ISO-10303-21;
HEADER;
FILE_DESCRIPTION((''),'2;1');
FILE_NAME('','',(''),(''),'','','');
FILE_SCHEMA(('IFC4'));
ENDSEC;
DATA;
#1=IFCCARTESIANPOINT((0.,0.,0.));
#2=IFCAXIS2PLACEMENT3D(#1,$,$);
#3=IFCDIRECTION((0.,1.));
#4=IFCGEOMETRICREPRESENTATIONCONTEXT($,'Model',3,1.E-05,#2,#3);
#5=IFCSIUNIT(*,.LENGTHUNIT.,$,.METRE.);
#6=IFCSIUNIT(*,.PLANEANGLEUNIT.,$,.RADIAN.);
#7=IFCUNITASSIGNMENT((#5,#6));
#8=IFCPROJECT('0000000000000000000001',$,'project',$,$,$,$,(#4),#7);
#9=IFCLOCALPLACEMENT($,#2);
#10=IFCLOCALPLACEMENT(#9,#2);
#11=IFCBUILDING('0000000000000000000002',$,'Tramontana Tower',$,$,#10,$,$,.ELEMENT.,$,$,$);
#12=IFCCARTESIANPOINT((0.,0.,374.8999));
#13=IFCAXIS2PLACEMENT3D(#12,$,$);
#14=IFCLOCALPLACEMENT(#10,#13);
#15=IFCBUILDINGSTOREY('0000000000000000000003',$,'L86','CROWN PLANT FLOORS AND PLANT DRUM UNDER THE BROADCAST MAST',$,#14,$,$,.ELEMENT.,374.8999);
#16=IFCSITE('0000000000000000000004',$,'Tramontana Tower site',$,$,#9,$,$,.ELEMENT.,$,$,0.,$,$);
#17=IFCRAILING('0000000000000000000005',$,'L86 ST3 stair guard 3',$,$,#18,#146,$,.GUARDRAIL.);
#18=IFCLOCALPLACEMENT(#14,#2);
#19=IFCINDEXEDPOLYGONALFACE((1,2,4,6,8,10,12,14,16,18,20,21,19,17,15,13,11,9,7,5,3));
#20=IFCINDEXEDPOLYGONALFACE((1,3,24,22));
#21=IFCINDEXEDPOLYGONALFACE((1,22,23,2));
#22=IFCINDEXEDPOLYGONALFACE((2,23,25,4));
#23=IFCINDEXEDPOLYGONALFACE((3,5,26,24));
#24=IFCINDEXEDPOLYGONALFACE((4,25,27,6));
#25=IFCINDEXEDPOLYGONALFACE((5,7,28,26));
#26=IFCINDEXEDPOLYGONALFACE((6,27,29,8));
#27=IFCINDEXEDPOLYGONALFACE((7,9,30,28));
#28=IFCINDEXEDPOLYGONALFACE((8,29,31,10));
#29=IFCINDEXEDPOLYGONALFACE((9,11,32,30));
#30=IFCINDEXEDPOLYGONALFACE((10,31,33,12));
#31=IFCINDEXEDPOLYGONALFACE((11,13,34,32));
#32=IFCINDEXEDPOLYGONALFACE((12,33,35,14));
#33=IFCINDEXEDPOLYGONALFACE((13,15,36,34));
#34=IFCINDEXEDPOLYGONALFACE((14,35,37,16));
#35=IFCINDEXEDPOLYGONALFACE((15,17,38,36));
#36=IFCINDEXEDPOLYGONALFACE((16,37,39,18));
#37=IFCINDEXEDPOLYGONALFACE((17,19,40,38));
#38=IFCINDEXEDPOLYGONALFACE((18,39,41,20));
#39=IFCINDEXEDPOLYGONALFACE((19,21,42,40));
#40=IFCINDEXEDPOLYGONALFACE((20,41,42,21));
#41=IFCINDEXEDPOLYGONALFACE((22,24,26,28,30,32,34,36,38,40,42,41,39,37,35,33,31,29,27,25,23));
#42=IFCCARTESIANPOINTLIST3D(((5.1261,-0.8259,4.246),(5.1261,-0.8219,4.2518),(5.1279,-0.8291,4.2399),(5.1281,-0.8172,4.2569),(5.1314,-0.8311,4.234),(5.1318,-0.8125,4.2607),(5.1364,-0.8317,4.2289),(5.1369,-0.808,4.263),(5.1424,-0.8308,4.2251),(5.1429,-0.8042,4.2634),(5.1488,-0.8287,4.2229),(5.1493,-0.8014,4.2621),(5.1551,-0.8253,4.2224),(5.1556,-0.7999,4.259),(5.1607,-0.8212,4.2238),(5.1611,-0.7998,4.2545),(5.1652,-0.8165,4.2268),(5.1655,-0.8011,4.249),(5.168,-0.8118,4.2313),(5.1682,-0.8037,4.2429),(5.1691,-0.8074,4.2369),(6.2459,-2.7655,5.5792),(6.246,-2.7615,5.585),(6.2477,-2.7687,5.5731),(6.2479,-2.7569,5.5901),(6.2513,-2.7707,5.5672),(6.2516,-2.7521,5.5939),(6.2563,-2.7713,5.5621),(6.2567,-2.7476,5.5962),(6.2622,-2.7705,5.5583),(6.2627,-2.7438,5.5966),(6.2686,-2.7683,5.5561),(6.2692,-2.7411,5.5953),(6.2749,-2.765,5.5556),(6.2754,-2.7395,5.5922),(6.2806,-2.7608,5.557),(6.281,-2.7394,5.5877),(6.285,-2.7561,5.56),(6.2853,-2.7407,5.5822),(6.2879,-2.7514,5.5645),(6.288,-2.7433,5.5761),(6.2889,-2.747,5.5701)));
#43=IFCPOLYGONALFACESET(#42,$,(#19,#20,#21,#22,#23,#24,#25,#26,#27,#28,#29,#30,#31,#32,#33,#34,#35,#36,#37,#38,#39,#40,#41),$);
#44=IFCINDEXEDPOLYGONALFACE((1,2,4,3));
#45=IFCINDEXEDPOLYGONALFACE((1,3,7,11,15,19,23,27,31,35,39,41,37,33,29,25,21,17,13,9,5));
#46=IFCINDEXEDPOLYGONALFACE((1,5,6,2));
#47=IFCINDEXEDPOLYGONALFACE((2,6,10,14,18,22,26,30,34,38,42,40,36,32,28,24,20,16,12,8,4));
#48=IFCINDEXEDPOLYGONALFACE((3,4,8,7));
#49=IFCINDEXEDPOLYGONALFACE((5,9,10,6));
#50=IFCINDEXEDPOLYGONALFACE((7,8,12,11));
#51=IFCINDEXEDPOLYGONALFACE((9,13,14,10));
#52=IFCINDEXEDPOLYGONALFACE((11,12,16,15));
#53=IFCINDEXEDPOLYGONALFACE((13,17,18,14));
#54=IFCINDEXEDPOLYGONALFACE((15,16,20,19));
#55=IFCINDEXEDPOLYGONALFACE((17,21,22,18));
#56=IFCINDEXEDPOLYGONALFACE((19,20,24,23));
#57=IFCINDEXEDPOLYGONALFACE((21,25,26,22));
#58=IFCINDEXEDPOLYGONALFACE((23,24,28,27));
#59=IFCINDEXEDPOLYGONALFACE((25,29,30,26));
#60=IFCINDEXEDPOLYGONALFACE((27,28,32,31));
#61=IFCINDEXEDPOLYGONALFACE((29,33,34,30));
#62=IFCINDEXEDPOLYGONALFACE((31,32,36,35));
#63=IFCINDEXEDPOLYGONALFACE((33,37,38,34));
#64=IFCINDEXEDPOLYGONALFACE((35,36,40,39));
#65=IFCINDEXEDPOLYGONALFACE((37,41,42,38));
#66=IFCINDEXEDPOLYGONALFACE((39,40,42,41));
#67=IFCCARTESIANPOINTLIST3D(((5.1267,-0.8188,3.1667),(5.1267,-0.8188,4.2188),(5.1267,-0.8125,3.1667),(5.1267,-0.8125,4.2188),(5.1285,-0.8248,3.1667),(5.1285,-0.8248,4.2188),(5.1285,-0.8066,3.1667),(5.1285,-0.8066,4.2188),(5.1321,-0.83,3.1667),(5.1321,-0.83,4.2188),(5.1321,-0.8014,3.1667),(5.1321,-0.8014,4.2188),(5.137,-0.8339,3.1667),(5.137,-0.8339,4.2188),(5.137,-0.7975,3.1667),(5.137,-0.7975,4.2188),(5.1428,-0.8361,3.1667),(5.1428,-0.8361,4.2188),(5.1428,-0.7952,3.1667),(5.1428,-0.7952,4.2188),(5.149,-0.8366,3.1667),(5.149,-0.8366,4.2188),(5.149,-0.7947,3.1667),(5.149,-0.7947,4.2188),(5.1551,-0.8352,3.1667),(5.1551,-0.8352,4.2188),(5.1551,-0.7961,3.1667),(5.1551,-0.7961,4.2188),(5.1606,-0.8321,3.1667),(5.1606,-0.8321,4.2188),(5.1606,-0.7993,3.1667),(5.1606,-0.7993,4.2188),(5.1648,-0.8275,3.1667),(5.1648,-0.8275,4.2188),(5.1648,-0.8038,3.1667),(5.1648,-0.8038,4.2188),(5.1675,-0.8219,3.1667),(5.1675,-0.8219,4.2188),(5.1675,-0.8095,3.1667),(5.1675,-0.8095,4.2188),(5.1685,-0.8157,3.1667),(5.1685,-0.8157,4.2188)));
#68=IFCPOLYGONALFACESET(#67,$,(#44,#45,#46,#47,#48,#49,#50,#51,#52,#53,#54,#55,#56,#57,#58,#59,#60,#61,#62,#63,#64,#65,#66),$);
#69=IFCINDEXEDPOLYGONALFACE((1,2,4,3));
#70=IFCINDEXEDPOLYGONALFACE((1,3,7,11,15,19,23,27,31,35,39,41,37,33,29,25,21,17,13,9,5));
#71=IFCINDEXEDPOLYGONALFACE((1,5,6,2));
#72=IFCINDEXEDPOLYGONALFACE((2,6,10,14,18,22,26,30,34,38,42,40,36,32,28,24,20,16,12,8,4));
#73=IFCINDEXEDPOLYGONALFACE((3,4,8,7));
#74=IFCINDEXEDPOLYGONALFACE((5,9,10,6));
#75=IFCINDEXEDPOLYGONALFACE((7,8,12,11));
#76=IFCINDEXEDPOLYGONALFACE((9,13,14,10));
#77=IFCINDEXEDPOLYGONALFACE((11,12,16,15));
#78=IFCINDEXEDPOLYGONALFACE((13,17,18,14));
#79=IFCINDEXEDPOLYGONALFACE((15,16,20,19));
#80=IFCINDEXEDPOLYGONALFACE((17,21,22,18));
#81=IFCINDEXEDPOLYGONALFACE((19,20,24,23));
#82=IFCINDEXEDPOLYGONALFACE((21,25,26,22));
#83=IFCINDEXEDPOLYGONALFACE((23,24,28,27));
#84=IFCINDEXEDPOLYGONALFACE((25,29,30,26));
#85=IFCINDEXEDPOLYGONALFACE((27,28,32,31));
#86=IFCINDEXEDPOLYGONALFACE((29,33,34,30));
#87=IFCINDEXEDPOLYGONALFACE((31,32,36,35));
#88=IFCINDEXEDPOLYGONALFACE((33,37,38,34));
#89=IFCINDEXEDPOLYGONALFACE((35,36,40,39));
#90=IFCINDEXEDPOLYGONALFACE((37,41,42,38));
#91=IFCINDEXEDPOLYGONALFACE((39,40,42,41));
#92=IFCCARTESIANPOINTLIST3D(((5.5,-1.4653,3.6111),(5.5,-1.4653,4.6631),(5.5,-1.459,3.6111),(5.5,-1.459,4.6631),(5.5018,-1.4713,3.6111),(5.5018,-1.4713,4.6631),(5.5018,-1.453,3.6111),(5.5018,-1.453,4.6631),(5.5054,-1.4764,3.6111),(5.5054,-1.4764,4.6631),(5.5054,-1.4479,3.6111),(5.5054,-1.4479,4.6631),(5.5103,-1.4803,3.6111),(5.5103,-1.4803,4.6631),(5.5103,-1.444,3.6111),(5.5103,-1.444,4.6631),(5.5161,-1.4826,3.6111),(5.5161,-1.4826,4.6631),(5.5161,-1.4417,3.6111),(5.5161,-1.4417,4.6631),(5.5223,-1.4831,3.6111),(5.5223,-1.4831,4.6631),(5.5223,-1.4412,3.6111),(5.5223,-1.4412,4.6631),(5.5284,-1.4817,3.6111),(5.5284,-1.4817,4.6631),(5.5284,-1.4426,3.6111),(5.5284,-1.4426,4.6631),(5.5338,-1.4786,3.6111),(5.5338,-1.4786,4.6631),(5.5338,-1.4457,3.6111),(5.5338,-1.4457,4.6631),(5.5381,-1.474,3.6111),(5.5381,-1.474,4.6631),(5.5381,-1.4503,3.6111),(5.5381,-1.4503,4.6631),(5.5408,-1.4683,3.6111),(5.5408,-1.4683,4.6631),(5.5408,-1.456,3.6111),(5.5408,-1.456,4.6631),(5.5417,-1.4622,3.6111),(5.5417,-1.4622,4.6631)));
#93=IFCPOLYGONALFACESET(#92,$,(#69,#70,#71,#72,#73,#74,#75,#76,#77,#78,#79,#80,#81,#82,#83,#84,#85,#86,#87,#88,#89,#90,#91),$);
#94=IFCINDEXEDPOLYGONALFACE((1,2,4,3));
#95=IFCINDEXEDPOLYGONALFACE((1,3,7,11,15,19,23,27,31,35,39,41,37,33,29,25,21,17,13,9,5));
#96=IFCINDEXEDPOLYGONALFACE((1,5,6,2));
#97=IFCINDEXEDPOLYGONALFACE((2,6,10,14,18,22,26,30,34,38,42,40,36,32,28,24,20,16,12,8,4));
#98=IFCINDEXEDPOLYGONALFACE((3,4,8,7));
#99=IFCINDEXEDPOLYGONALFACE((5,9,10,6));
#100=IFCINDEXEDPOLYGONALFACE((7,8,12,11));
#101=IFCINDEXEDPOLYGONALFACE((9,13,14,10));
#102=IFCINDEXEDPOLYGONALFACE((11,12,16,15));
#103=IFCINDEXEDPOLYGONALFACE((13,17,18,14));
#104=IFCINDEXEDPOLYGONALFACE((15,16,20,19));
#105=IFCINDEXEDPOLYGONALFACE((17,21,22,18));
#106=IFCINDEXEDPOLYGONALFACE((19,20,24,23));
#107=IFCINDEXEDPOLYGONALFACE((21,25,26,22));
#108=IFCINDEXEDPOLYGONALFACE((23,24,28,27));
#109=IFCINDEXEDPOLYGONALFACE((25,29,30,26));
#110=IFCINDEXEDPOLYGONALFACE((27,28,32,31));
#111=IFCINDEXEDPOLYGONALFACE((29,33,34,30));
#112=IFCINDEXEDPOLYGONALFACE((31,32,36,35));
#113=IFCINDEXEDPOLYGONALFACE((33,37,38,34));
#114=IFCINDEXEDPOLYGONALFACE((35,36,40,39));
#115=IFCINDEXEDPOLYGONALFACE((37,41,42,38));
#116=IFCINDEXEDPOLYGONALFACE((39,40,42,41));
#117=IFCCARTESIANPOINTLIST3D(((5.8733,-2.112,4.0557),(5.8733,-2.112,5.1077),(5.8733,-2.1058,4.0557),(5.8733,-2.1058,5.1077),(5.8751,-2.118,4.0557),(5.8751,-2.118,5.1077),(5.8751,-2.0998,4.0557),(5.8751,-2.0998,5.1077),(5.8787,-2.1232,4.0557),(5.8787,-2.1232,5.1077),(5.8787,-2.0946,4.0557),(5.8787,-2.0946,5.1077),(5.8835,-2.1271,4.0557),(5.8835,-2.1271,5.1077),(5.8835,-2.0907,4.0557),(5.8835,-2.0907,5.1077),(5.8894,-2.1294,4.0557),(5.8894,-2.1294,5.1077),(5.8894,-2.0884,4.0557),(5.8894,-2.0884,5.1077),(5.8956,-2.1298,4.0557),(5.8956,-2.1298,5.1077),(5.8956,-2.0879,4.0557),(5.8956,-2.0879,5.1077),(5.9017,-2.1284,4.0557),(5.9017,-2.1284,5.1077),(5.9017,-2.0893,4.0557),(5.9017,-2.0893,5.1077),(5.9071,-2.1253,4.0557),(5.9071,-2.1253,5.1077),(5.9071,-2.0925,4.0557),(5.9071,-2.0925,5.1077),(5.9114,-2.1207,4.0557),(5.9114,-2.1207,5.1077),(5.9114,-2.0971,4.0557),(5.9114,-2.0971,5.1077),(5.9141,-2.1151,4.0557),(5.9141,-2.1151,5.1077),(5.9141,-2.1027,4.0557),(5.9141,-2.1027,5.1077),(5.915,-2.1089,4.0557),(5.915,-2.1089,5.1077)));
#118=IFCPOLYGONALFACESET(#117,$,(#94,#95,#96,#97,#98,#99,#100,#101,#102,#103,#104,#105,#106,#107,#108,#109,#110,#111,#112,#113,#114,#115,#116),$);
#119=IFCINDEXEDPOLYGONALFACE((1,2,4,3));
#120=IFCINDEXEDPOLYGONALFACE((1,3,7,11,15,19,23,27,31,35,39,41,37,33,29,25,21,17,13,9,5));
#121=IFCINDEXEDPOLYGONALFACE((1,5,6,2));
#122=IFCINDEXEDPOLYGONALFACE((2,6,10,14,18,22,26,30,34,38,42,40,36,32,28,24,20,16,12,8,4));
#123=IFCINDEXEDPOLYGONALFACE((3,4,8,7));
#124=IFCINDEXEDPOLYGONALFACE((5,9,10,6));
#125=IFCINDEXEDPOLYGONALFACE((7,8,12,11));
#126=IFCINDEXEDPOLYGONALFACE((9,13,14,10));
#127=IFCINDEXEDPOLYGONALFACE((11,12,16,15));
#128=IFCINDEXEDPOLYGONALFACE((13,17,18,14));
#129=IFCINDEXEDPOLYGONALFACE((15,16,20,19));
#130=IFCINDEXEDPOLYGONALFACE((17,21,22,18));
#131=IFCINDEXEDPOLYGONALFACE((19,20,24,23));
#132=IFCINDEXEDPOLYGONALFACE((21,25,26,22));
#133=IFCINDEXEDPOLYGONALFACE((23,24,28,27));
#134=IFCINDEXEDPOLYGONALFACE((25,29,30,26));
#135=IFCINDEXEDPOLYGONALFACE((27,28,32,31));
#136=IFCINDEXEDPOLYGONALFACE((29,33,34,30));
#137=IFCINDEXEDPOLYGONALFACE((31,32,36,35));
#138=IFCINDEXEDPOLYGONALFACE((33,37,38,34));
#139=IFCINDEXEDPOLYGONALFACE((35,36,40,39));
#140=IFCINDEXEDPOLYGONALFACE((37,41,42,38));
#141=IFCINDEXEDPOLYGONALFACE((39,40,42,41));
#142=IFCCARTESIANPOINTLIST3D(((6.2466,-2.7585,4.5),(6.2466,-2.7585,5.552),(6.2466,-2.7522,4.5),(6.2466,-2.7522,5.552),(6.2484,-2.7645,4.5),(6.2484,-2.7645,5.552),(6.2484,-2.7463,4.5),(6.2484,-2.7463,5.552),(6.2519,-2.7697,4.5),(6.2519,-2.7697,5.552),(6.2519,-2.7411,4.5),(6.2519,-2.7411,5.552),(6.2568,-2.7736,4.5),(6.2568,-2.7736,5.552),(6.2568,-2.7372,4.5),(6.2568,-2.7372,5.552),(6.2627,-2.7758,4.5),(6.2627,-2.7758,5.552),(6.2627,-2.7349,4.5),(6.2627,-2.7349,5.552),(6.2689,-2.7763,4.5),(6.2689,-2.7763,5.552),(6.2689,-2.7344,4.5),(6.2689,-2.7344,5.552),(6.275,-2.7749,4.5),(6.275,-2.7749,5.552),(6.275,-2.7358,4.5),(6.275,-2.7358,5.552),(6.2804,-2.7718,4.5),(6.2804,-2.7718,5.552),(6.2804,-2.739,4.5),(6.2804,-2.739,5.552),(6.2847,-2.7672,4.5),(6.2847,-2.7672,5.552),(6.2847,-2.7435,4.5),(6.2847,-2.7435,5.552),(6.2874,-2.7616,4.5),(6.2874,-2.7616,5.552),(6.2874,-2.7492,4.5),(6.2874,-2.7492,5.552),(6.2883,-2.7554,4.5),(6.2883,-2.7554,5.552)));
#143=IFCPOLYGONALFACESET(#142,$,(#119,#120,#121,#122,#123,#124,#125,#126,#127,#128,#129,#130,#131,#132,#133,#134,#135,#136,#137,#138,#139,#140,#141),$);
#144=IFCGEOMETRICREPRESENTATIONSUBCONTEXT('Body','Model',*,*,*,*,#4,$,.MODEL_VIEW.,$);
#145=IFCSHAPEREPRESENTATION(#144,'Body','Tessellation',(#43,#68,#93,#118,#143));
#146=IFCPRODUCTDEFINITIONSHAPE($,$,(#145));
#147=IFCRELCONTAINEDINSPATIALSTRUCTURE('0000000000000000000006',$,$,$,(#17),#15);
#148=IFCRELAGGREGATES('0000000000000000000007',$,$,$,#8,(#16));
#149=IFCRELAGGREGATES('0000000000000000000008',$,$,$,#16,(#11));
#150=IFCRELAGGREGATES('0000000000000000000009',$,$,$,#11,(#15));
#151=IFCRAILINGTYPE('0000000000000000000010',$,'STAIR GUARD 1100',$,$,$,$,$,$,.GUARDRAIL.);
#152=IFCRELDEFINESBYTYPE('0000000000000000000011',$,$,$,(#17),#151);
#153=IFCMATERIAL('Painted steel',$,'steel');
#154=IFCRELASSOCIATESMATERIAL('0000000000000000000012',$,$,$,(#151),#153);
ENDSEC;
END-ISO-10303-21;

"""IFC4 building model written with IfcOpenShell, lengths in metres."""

from ifc_helpers import new_model, si_unit, direction, frame, origin, origin_2d, place, context, subcontext, project, spatial, circle, extrude, material, type_object, element, save


model = new_model("IFC4")

# Units and contexts
model_context = context("Model", 3, precision=1e-05, world=origin(), true_north=direction((0.0, 1.0)))
body_context = subcontext(model_context, "Body", "Model", "MODEL_VIEW")
ifc_project = project(units=[si_unit("LENGTHUNIT", "METRE"), si_unit("PLANEANGLEUNIT", "RADIAN")], contexts=[model_context])

# Site, building, storey
site_placement = place(None, origin())
site = spatial("IfcSite", under=ifc_project, at=site_placement, Name="Tramontana Tower site", CompositionType="ELEMENT", RefElevation=0.0)
building_placement = place(site_placement, origin())
building = spatial("IfcBuilding", under=site, at=building_placement, Name="Tramontana Tower", CompositionType="ELEMENT")
storey_placement = place(building_placement, frame((0.0, 0.0, 374.8999)))
storey = spatial("IfcBuildingStorey", under=building, at=storey_placement, Name="L86", Description="CROWN PLANT FLOORS AND PLANT DRUM UNDER THE BROADCAST MAST", CompositionType="ELEMENT", Elevation=374.8999)

# Railing
ifc_material_1 = material(Name="Painted steel", Category="steel")
railing_type_1 = type_object("IfcRailingType", Name="STAIR GUARD 1100", PredefinedType="GUARDRAIL", material=ifc_material_1)
railing_1_placement = place(storey_placement, frame((5.1475, -0.8157, 3.1667)))
element("IfcRailing", 1, at=railing_1_placement, inside=storey, type_object=railing_type_1, Name="L86 ST3 stair guard 3", PredefinedType="GUARDRAIL", context=body_context, shape_type="SweptSolid", body=[
    extrude(circle(Radius=0.0239, at=origin_2d()), frame((0.0, 0.0, 1.0762), z_axis=(0.429638, -0.744163, 0.511501), x_axis=(0.866028, 0.499996, 0.0)), (0.0, 0.0, 1.0), 2.6064),
    extrude(circle(Radius=0.021, at=origin_2d()), origin(), (0.0, 0.0, 1.0), 1.052),
    extrude(circle(Radius=0.021, at=origin_2d()), frame((0.3733, -0.6465, 0.4443)), (0.0, 0.0, 1.0), 1.052),
    extrude(circle(Radius=0.021, at=origin_2d()), frame((0.7466, -1.2932, 0.8889)), (0.0, 0.0, 1.0), 1.052),
    extrude(circle(Radius=0.021, at=origin_2d()), frame((1.1199, -1.9397, 1.3333)), (0.0, 0.0, 1.0), 1.052),
])

save(model, "model.ifc")
